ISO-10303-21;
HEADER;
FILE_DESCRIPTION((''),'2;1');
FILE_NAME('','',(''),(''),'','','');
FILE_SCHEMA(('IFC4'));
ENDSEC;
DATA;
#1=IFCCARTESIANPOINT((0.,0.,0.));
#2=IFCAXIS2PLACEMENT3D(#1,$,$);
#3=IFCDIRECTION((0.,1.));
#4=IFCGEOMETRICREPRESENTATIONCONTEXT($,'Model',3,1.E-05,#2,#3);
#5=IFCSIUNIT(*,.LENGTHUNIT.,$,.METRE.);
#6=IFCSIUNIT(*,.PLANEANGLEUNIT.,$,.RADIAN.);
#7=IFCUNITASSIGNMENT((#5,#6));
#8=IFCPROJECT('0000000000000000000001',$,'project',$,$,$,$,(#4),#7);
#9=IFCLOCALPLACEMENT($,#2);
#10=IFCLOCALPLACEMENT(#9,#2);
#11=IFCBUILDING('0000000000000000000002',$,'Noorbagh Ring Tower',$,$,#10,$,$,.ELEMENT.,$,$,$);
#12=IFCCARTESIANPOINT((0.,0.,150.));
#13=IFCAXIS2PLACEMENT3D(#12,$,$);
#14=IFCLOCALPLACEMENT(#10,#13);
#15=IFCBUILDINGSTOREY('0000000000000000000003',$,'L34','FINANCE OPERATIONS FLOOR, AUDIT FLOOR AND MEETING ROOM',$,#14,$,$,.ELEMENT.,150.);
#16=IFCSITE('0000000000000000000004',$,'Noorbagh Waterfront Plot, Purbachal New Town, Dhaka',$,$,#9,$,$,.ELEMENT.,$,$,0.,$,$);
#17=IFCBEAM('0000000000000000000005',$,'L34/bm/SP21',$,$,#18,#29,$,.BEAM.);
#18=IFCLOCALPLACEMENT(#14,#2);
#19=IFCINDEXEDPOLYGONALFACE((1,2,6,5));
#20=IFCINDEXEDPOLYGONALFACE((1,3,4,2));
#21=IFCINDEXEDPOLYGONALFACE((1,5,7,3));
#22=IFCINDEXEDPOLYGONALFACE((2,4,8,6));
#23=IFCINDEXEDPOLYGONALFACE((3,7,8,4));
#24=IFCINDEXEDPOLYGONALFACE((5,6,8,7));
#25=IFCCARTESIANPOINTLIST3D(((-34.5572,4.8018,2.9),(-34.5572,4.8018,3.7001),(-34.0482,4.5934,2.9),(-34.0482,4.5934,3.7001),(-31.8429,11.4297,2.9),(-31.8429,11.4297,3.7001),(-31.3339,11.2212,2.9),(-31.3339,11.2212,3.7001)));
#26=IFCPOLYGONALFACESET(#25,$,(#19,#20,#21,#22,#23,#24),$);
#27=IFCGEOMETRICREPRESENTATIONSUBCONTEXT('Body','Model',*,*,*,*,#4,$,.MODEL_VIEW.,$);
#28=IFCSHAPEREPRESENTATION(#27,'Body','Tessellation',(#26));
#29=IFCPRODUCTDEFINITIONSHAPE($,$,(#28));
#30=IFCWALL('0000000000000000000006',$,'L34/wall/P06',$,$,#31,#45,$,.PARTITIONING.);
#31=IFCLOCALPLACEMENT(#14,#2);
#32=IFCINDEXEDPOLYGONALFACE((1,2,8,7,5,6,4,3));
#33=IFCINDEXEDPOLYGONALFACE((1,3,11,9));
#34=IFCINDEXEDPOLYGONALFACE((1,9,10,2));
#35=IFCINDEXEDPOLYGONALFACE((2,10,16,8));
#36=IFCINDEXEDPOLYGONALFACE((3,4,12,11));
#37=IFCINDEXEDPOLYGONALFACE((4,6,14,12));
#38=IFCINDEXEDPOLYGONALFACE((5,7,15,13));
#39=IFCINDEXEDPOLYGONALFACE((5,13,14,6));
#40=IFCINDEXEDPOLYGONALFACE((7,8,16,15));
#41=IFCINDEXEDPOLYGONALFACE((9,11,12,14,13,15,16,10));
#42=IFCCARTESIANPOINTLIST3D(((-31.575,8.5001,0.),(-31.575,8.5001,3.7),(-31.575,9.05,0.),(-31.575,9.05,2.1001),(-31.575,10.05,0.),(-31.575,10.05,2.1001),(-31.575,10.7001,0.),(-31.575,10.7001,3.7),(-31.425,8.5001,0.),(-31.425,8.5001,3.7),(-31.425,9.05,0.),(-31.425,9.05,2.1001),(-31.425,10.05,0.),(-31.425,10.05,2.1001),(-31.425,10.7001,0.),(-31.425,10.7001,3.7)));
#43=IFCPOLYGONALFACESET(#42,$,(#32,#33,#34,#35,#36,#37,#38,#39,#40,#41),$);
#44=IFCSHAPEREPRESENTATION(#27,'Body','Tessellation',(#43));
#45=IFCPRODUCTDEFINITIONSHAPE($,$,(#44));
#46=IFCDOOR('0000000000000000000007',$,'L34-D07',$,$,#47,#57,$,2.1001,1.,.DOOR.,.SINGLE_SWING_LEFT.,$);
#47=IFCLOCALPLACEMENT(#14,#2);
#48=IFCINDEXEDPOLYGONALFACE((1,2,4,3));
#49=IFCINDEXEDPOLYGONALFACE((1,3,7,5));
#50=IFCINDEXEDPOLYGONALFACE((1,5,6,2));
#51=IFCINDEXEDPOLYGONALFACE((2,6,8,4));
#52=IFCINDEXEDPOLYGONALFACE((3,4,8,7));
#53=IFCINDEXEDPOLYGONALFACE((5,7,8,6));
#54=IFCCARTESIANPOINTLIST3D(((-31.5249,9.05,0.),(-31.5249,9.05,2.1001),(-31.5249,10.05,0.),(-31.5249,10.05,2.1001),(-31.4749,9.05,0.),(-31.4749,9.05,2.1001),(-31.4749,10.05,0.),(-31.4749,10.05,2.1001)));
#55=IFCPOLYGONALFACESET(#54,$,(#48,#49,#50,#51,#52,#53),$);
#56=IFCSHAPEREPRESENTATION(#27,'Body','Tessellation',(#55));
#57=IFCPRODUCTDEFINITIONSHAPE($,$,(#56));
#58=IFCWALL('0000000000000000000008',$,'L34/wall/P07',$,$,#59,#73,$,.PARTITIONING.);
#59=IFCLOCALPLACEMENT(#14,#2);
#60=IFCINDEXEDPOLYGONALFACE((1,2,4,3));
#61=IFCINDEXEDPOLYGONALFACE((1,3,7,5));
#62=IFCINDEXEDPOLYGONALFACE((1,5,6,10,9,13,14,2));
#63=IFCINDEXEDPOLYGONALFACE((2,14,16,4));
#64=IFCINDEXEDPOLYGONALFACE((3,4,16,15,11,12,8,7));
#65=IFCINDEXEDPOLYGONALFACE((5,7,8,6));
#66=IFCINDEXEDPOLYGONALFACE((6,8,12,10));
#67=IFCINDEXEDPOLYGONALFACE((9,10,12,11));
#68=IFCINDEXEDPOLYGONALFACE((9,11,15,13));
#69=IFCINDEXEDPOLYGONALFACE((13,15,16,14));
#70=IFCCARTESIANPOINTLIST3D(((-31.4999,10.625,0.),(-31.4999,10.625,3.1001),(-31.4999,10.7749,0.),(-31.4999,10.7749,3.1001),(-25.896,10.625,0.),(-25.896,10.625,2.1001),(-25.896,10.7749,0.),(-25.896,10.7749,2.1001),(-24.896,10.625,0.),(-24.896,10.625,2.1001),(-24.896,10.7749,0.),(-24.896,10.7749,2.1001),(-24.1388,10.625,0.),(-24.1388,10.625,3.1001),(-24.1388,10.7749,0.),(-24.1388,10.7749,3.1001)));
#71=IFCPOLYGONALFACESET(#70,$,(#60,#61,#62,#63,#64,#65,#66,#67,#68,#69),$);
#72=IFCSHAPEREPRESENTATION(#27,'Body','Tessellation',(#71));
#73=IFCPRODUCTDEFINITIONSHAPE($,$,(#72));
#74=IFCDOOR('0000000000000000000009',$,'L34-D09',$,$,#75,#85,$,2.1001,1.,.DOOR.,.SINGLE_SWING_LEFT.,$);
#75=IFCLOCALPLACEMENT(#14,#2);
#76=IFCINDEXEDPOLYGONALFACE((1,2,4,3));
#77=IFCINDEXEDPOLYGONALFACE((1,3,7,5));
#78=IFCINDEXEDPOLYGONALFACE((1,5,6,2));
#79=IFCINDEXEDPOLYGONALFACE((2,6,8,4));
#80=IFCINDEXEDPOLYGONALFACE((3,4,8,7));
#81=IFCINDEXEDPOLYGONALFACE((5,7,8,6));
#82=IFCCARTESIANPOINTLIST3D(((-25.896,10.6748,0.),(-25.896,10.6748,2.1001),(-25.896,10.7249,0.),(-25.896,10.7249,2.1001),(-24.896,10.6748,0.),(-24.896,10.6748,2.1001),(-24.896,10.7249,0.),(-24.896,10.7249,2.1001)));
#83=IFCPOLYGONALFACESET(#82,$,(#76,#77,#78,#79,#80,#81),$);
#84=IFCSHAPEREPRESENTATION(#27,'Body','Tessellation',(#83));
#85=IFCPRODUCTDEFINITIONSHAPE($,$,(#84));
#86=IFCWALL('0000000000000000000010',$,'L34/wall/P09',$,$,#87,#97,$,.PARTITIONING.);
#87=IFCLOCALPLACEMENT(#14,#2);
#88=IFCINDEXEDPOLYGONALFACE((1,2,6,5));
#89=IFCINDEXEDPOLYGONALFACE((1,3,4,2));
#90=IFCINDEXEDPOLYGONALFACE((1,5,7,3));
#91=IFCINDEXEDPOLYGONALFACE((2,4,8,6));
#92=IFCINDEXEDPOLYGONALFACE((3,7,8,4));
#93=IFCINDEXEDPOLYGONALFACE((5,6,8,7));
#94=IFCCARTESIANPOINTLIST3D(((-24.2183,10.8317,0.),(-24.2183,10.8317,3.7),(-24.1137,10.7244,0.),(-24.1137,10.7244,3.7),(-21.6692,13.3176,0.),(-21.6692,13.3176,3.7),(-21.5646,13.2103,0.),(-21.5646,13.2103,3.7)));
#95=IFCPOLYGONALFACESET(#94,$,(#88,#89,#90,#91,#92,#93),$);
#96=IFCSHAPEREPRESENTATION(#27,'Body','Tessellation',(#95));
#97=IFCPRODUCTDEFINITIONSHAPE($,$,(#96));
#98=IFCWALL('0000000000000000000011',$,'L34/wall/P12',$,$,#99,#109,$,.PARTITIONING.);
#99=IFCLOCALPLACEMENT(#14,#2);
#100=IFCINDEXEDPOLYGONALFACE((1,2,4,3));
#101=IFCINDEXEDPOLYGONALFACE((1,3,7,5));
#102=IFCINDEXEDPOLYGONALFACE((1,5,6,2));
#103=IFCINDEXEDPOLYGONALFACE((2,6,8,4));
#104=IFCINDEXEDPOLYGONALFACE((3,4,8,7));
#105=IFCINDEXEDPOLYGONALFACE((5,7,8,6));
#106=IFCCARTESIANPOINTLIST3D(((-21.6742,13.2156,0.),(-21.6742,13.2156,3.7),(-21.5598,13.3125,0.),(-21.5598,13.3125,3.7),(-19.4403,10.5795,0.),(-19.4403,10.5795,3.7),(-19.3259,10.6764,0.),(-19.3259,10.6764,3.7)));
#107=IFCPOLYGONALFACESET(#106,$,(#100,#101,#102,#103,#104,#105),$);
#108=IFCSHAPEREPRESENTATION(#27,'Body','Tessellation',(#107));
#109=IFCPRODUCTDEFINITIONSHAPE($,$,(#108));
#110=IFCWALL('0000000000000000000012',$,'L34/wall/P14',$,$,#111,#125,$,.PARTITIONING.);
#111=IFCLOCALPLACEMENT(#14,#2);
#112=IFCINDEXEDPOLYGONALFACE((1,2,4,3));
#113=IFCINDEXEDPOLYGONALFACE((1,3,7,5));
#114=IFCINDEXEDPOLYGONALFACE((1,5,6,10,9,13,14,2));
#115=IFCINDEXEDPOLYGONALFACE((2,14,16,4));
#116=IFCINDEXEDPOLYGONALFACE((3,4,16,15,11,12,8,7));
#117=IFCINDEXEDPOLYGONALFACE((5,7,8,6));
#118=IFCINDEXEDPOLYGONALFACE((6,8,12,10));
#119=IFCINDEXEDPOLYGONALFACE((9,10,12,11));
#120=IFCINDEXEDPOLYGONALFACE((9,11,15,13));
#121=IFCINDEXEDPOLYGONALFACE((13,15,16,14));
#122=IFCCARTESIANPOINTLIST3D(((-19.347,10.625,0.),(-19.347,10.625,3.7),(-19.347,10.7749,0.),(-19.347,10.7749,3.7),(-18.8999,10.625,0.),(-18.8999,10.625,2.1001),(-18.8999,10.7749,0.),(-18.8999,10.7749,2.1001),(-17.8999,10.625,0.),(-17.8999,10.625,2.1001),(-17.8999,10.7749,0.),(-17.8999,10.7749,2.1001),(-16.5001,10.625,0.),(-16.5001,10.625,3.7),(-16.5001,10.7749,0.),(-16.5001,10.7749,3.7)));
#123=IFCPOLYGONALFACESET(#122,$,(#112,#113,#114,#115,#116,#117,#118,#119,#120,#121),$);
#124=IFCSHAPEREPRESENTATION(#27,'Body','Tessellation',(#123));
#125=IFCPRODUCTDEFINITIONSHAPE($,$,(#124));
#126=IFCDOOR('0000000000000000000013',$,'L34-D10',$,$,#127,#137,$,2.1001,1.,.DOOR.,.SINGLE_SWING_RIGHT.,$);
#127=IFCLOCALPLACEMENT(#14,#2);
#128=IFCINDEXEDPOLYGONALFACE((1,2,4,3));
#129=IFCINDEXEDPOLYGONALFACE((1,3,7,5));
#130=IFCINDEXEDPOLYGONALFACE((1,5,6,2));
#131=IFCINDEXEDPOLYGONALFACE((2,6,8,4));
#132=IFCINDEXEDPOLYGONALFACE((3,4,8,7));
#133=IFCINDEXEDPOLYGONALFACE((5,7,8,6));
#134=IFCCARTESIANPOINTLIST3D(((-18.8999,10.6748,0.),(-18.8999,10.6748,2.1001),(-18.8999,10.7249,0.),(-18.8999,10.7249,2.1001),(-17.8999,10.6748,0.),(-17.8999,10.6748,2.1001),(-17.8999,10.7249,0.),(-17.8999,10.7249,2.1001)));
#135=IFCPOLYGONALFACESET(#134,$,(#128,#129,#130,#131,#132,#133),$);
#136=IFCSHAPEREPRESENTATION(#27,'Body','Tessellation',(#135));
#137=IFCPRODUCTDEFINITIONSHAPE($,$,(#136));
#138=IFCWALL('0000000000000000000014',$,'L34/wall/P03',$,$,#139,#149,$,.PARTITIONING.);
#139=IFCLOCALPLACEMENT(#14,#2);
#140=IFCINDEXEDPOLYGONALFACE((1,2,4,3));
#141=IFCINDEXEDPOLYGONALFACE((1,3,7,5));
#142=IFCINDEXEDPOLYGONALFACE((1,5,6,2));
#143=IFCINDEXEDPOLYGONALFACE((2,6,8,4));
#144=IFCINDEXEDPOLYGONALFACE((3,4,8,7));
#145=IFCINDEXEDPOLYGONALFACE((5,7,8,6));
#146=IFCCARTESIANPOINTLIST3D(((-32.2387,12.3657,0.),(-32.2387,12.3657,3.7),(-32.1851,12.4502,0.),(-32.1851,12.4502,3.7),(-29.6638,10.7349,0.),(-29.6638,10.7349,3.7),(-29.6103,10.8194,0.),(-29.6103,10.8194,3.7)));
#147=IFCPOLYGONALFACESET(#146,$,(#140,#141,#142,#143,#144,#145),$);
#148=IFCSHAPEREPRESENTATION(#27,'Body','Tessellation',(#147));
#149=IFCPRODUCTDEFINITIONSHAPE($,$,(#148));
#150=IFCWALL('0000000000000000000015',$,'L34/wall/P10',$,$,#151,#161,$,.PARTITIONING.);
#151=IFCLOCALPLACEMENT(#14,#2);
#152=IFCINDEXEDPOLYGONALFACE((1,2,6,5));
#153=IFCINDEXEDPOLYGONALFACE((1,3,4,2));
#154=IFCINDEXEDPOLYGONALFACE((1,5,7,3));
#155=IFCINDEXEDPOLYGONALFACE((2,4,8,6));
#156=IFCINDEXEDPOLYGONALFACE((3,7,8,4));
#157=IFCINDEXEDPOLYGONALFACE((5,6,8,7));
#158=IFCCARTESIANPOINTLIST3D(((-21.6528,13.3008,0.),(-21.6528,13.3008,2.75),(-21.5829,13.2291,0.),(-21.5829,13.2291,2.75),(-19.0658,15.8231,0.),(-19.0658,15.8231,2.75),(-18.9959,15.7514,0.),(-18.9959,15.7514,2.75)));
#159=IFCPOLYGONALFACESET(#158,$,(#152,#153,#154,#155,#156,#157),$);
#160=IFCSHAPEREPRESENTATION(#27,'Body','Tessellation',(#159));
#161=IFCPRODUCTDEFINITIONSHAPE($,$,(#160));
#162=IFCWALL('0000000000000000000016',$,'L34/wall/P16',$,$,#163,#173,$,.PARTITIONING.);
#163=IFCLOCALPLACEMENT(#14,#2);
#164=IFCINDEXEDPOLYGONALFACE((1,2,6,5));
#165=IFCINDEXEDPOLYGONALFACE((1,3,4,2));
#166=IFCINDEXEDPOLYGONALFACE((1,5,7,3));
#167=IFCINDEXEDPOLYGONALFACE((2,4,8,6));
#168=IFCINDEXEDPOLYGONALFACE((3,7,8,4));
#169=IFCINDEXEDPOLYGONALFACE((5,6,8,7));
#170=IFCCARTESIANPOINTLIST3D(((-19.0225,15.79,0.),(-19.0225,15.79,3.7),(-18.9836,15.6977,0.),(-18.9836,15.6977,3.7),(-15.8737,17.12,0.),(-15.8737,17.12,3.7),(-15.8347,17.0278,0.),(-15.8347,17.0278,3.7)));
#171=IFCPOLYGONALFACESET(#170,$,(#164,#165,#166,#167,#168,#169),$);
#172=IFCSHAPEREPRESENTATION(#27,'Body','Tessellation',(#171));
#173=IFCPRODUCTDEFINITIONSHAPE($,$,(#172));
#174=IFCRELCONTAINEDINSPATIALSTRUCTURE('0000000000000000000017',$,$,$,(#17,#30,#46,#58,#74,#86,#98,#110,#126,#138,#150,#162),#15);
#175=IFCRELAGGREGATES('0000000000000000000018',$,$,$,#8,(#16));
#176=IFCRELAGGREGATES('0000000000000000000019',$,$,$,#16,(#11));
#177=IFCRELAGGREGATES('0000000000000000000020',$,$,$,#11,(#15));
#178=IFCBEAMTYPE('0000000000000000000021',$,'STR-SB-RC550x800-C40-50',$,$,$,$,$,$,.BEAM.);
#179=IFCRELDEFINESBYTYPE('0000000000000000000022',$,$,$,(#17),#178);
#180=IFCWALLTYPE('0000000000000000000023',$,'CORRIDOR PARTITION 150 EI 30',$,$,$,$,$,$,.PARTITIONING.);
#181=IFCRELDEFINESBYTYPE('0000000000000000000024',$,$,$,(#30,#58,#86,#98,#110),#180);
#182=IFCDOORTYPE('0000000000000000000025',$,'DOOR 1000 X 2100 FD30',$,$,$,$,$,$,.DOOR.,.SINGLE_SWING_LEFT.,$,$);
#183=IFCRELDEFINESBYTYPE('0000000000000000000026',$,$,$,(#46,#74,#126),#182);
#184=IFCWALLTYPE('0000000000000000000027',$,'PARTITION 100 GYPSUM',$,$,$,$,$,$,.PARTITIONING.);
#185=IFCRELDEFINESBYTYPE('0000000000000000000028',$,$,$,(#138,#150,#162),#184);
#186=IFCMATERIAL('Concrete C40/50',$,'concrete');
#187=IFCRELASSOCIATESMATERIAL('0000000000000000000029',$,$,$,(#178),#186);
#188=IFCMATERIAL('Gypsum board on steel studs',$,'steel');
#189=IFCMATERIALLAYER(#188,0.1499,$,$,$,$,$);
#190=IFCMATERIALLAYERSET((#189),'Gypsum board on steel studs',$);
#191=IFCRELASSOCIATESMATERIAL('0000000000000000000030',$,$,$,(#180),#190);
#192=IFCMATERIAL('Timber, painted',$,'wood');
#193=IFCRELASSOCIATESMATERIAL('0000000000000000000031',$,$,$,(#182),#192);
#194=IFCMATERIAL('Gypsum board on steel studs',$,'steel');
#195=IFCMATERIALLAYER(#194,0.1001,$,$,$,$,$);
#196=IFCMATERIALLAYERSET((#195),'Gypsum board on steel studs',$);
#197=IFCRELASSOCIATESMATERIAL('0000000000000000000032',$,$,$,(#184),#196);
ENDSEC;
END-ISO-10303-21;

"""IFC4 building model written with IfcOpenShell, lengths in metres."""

from ifc_helpers import new_model, si_unit, direction, frame, frame_2d, origin, origin_2d, place, context, subcontext, project, spatial, rectangle, extrude, material, layer, layer_set, material_profile, profile_set, type_object, element, fill, save


model = new_model("IFC4")

# Units and contexts
model_context = context("Model", 3, precision=1e-05, world=origin(), true_north=direction((0.0, 1.0)))
body_context = subcontext(model_context, "Body", "Model", "MODEL_VIEW")
ifc_project = project(units=[si_unit("LENGTHUNIT", "METRE"), si_unit("PLANEANGLEUNIT", "RADIAN")], contexts=[model_context])

# Site, building, storey
site_placement = place(None, origin())
site = spatial("IfcSite", under=ifc_project, at=site_placement, Name="Noorbagh Waterfront Plot, Purbachal New Town, Dhaka", CompositionType="ELEMENT", RefElevation=0.0)
building_placement = place(site_placement, origin())
building = spatial("IfcBuilding", under=site, at=building_placement, Name="Noorbagh Ring Tower", CompositionType="ELEMENT")
storey_placement = place(building_placement, frame((0.0, 0.0, 150.0)))
storey = spatial("IfcBuildingStorey", under=building, at=storey_placement, Name="L34", Description="FINANCE OPERATIONS FLOOR, AUDIT FLOOR AND MEETING ROOM", CompositionType="ELEMENT", Elevation=150.0)

# Beam
ifc_material_1 = material(Name="Concrete C40/50", Category="concrete")
ifc_material_profile_1 = material_profile(ifc_material_1, rectangle(XDim=0.55, YDim=0.8, at=origin_2d()), Name="RC550x800")
ifc_profile_set_1 = profile_set([ifc_material_profile_1], Name="Concrete C40/50")
beam_type_1 = type_object("IfcBeamType", Name="STR-SB-RC550x800-C40-50", PredefinedType="BEAM", material=ifc_profile_set_1)
beam_1_placement = place(storey_placement, frame((-31.5884, 11.3254, 3.3), z_axis=(-0.378983, -0.925404, 0.0), x_axis=(0.925404, -0.378983, 0.0)))
element("IfcBeam", 1, at=beam_1_placement, inside=storey, type_object=beam_type_1, Name="L34/bm/SP21", PredefinedType="BEAM", context=body_context, shape_type="SweptSolid", body=[
    extrude(rectangle(XDim=0.55, YDim=0.8, at=origin_2d()), origin(), (0.0, 0.0, 1.0), 7.1621),
])

# Walls, openings, doors
ifc_material_2 = material(Name="Gypsum board on steel studs", Category="steel")
ifc_layer_1 = layer(ifc_material_2, 0.1499)
ifc_layer_set_1 = layer_set([ifc_layer_1], Name="Gypsum board on steel studs")
wall_type_1 = type_object("IfcWallType", Name="CORRIDOR PARTITION 150 EI 30", PredefinedType="PARTITIONING", material=ifc_layer_set_1)
wall_1_placement = place(storey_placement, frame((-31.5, 8.5, 0.0), z_axis=(0.0, 0.0, 1.0), x_axis=(0.0, 1.0, 0.0)))
wall_1 = element("IfcWall", 2, at=wall_1_placement, inside=storey, type_object=wall_type_1, Name="L34/wall/P06", PredefinedType="PARTITIONING", context=body_context, shape_type="SweptSolid", body=[
    extrude(rectangle(XDim=2.2, YDim=0.1499, at=frame_2d((1.1001, 0.0))), origin(), (0.0, 0.0, 1.0), 3.7),
])
opening_1_placement = place(wall_1_placement, frame((0.55, 0.0, 0.0)))
opening_1 = element("IfcOpeningElement", 3, at=opening_1_placement, cuts=wall_1, PredefinedType="OPENING", context=body_context, shape_type="SweptSolid", body=[
    extrude(rectangle(XDim=1.0, YDim=2.1001, at=frame_2d((0.5, 1.05))), frame((0.0, 0.085, 0.0), z_axis=(0.0, -1.0, 0.0), x_axis=(1.0, 0.0, 0.0)), (0.0, 0.0, 1.0), 0.1699),
])
ifc_material_3 = material(Name="Timber, painted", Category="wood")
door_type = type_object("IfcDoorType", Name="DOOR 1000 X 2100 FD30", OperationType="SINGLE_SWING_LEFT", PredefinedType="DOOR", material=ifc_material_3)
door_1_placement = place(opening_1_placement, origin())
door_1 = element("IfcDoor", 4, at=door_1_placement, inside=storey, type_object=door_type, Name="L34-D07", OperationType="SINGLE_SWING_LEFT", OverallHeight=2.1001, OverallWidth=1.0, PredefinedType="DOOR", context=body_context, shape_type="SweptSolid", body=[
    extrude(rectangle(XDim=1.0, YDim=2.1001, at=frame_2d((0.5, 1.05))), frame((0.0, 0.0249, 0.0), z_axis=(0.0, -1.0, 0.0), x_axis=(1.0, 0.0, 0.0)), (0.0, 0.0, 1.0), 0.05),
])
fill(opening_1, door_1)
wall_2_placement = place(storey_placement, frame((-31.5, 10.7, 0.0), z_axis=(0.0, 0.0, 1.0), x_axis=(1.0, 0.0, 0.0)))
wall_2 = element("IfcWall", 5, at=wall_2_placement, inside=storey, type_object=wall_type_1, Name="L34/wall/P07", PredefinedType="PARTITIONING", context=body_context, shape_type="SweptSolid", body=[
    extrude(rectangle(XDim=7.3611, YDim=0.1499, at=frame_2d((3.6807, 0.0))), origin(), (0.0, 0.0, 1.0), 3.1001),
])
opening_2_placement = place(wall_2_placement, frame((5.604, 0.0, 0.0)))
opening_2 = element("IfcOpeningElement", 6, at=opening_2_placement, cuts=wall_2, PredefinedType="OPENING", context=body_context, shape_type="SweptSolid", body=[
    extrude(rectangle(XDim=1.0, YDim=2.1001, at=frame_2d((0.5, 1.05))), frame((0.0, 0.085, 0.0), z_axis=(0.0, -1.0, 0.0), x_axis=(1.0, 0.0, 0.0)), (0.0, 0.0, 1.0), 0.1699),
])
door_2_placement = place(opening_2_placement, origin())
door_2 = element("IfcDoor", 7, at=door_2_placement, inside=storey, type_object=door_type, Name="L34-D09", OperationType="SINGLE_SWING_LEFT", OverallHeight=2.1001, OverallWidth=1.0, PredefinedType="DOOR", context=body_context, shape_type="SweptSolid", body=[
    extrude(rectangle(XDim=1.0, YDim=2.1001, at=frame_2d((0.5, 1.05))), frame((0.0, 0.0249, 0.0), z_axis=(0.0, -1.0, 0.0), x_axis=(1.0, 0.0, 0.0)), (0.0, 0.0, 1.0), 0.05),
])
fill(opening_2, door_2)

# Walls
wall_3_placement = place(storey_placement, frame((-24.166, 10.7781, 0.0), z_axis=(0.0, 0.0, 1.0), x_axis=(0.715931, 0.698171, 0.0)))
element("IfcWall", 8, at=wall_3_placement, inside=storey, type_object=wall_type_1, Name="L34/wall/P09", PredefinedType="PARTITIONING", context=body_context, shape_type="SweptSolid", body=[
    extrude(rectangle(XDim=3.5605, YDim=0.1499, at=frame_2d((1.7803, 0.0))), origin(), (0.0, 0.0, 1.0), 3.7),
])
wall_4_placement = place(storey_placement, frame((-21.6169, 13.2639, 0.0), z_axis=(0.0, 0.0, 1.0), x_axis=(0.646522, -0.762896, 0.0)))
element("IfcWall", 9, at=wall_4_placement, inside=storey, type_object=wall_type_1, Name="L34/wall/P12", PredefinedType="PARTITIONING", context=body_context, shape_type="SweptSolid", body=[
    extrude(rectangle(XDim=3.4553, YDim=0.1499, at=frame_2d((1.7275, 0.0))), origin(), (0.0, 0.0, 1.0), 3.7),
])

# Wall, opening, door
wall_5_placement = place(storey_placement, frame((-19.3469, 10.7, 0.0), z_axis=(0.0, 0.0, 1.0), x_axis=(1.0, 0.0, 0.0)))
wall_5 = element("IfcWall", 10, at=wall_5_placement, inside=storey, type_object=wall_type_1, Name="L34/wall/P14", PredefinedType="PARTITIONING", context=body_context, shape_type="SweptSolid", body=[
    extrude(rectangle(XDim=2.8469, YDim=0.1499, at=frame_2d((1.4233, 0.0))), origin(), (0.0, 0.0, 1.0), 3.7),
])
opening_3_placement = place(wall_5_placement, frame((0.447, 0.0, 0.0)))
opening_3 = element("IfcOpeningElement", 11, at=opening_3_placement, cuts=wall_5, PredefinedType="OPENING", context=body_context, shape_type="SweptSolid", body=[
    extrude(rectangle(XDim=1.0, YDim=2.1001, at=frame_2d((0.5, 1.05))), frame((0.0, 0.085, 0.0), z_axis=(0.0, -1.0, 0.0), x_axis=(1.0, 0.0, 0.0)), (0.0, 0.0, 1.0), 0.1699),
])
door_3_placement = place(opening_3_placement, origin())
door_3 = element("IfcDoor", 12, at=door_3_placement, inside=storey, type_object=door_type, Name="L34-D10", OperationType="SINGLE_SWING_RIGHT", OverallHeight=2.1001, OverallWidth=1.0, PredefinedType="DOOR", context=body_context, shape_type="SweptSolid", body=[
    extrude(rectangle(XDim=1.0, YDim=2.1001, at=frame_2d((0.5, 1.05))), frame((0.0, 0.0249, 0.0), z_axis=(0.0, -1.0, 0.0), x_axis=(1.0, 0.0, 0.0)), (0.0, 0.0, 1.0), 0.05),
])
fill(opening_3, door_3)

# Walls
ifc_material_4 = material(Name="Gypsum board on steel studs", Category="steel")
ifc_layer_2 = layer(ifc_material_4, 0.1001)
ifc_layer_set_2 = layer_set([ifc_layer_2], Name="Gypsum board on steel studs")
wall_type_2 = type_object("IfcWallType", Name="PARTITION 100 GYPSUM", PredefinedType="PARTITIONING", material=ifc_layer_set_2)
wall_6_placement = place(storey_placement, frame((-32.2119, 12.408, 0.0), z_axis=(0.0, 0.0, 1.0), x_axis=(0.844811, -0.535065, 0.0)))
element("IfcWall", 13, at=wall_6_placement, inside=storey, type_object=wall_type_2, Name="L34/wall/P03", PredefinedType="PARTITIONING", context=body_context, shape_type="SweptSolid", body=[
    extrude(rectangle(XDim=3.0479, YDim=0.1001, at=frame_2d((1.5239, 0.0))), origin(), (0.0, 0.0, 1.0), 3.7),
])
wall_7_placement = place(storey_placement, frame((-21.6179, 13.2649, 0.0), z_axis=(0.0, 0.0, 1.0), x_axis=(0.716004, 0.698097, 0.0)))
element("IfcWall", 14, at=wall_7_placement, inside=storey, type_object=wall_type_2, Name="L34/wall/P10", PredefinedType="PARTITIONING", context=body_context, shape_type="SweptSolid", body=[
    extrude(rectangle(XDim=3.613, YDim=0.1001, at=frame_2d((1.8066, 0.0))), origin(), (0.0, 0.0, 1.0), 2.75),
])
wall_8_placement = place(storey_placement, frame((-19.0029, 15.7439, 0.0), z_axis=(0.0, 0.0, 1.0), x_axis=(0.921194, 0.389104, 0.0)))
element("IfcWall", 15, at=wall_8_placement, inside=storey, type_object=wall_type_2, Name="L34/wall/P16", PredefinedType="PARTITIONING", context=body_context, shape_type="SweptSolid", body=[
    extrude(rectangle(XDim=3.4182, YDim=0.1001, at=frame_2d((1.709, 0.0))), origin(), (0.0, 0.0, 1.0), 3.7),
])

save(model, "model.ifc")
